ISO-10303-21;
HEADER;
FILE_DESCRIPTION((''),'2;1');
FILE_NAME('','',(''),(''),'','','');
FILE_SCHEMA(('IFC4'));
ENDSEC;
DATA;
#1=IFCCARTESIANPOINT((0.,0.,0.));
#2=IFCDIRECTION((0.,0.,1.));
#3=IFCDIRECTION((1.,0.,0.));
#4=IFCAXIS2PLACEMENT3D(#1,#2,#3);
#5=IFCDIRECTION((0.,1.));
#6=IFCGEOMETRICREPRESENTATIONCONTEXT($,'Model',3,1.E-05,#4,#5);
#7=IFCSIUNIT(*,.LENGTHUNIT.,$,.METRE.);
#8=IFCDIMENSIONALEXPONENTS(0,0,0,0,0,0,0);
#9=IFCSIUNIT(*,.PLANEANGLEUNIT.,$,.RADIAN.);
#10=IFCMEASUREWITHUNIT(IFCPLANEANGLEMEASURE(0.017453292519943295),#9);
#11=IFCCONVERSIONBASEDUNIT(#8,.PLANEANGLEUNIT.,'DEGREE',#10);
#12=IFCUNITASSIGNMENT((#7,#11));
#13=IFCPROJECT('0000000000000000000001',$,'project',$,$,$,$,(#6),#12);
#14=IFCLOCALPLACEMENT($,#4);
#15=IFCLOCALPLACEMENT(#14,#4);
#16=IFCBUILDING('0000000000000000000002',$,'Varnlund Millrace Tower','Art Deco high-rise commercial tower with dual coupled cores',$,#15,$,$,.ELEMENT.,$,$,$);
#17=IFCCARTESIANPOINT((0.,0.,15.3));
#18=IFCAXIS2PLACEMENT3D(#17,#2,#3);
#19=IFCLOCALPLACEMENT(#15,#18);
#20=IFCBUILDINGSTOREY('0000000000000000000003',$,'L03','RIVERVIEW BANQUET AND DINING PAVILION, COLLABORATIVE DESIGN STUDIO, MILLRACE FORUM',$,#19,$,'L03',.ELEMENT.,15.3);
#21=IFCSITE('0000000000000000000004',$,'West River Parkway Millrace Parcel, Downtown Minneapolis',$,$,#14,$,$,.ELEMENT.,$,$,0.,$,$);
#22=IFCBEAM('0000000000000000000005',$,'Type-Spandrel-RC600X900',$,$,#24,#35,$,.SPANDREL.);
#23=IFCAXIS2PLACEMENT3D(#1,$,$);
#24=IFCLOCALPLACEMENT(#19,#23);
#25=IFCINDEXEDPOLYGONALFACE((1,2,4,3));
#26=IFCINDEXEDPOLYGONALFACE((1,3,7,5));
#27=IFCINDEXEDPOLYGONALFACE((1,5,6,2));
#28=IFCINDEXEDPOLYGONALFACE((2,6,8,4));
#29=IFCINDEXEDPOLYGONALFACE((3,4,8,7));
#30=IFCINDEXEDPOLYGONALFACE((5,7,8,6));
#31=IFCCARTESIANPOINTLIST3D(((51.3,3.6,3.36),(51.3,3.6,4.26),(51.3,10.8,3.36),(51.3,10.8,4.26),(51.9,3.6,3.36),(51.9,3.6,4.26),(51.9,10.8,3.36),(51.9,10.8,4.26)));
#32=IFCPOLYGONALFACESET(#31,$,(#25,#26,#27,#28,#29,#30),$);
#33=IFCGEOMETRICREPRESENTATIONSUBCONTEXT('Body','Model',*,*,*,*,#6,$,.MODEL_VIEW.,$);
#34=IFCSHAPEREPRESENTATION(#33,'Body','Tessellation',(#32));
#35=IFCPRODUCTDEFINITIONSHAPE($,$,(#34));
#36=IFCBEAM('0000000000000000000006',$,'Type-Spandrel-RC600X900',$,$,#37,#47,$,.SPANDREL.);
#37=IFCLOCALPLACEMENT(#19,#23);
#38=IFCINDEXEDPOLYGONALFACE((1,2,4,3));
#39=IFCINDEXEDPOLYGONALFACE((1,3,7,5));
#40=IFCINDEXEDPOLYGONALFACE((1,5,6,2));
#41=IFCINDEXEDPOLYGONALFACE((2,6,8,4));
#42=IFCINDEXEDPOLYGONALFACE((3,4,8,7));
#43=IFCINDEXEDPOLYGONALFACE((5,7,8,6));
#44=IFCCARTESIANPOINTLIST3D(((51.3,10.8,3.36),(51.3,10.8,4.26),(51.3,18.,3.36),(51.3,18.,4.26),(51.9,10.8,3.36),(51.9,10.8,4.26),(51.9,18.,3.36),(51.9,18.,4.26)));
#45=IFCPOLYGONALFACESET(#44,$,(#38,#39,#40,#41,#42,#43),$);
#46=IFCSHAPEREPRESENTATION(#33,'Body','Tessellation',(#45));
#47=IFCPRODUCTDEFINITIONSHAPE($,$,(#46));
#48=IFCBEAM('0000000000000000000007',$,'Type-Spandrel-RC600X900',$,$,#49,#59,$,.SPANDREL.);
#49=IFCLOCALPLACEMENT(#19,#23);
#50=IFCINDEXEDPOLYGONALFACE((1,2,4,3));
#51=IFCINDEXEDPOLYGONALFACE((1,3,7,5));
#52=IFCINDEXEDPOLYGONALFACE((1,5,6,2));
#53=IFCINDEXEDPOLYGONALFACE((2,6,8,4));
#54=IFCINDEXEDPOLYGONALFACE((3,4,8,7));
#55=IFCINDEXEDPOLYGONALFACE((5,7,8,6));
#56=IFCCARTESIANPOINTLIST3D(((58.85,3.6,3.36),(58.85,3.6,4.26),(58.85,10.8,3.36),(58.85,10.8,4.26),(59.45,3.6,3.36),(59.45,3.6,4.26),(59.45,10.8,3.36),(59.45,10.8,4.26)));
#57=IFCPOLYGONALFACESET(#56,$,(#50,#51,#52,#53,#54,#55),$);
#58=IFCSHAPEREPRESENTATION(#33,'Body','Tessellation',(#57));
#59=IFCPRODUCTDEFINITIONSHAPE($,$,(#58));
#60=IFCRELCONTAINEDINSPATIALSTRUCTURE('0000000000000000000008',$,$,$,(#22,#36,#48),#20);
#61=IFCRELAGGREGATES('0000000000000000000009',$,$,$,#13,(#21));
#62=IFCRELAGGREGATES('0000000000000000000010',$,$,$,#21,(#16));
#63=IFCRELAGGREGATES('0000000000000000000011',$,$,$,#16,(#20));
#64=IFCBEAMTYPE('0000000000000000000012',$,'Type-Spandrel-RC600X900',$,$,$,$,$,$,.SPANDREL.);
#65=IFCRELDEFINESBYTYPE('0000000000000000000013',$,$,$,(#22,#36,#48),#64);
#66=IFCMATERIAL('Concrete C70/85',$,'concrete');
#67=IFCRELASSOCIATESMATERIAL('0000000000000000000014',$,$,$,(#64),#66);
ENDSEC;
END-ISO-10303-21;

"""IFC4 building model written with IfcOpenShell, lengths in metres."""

from ifc_helpers import new_model, entity, si_unit, converted_unit, direction, frame, origin_with_axes, origin_2d_with_axis, place, context, subcontext, project, spatial, rectangle, extrude, material, material_profile, profile_set, type_object, element, save


model = new_model("IFC4")

# Units and contexts
model_context = context("Model", 3, precision=1e-05, world=origin_with_axes(), true_north=direction((0.0, 1.0)))
body_context = subcontext(model_context, "Body", "Model", "MODEL_VIEW")
ifc_project = project(units=[si_unit("LENGTHUNIT", "METRE"), converted_unit("PLANEANGLEUNIT", "DEGREE", entity("IfcPlaneAngleMeasure", 0.017453292519943295), si_unit("PLANEANGLEUNIT", "RADIAN"), dimensions=[0, 0, 0, 0, 0, 0, 0])], contexts=[model_context])

# Site, building, storey
site_placement = place(None, origin_with_axes())
site = spatial("IfcSite", under=ifc_project, at=site_placement, Name="West River Parkway Millrace Parcel, Downtown Minneapolis", CompositionType="ELEMENT", RefElevation=0.0)
building_placement = place(site_placement, origin_with_axes())
building = spatial("IfcBuilding", under=site, at=building_placement, Name="Varnlund Millrace Tower", Description="Art Deco high-rise commercial tower with dual coupled cores", CompositionType="ELEMENT")
storey_placement = place(building_placement, frame((0.0, 0.0, 15.3), z_axis=(0.0, 0.0, 1.0), x_axis=(1.0, 0.0, 0.0)))
storey = spatial("IfcBuildingStorey", under=building, at=storey_placement, Name="L03", Description="RIVERVIEW BANQUET AND DINING PAVILION, COLLABORATIVE DESIGN STUDIO, MILLRACE FORUM", LongName="L03", CompositionType="ELEMENT", Elevation=15.3)

# Beams
ifc_material_1 = material(Name="Concrete C70/85", Category="concrete")
ifc_material_profile_1 = material_profile(ifc_material_1, rectangle(XDim=0.6, YDim=0.9, at=origin_2d_with_axis()), Name="Concrete C70/85")
ifc_profile_set_1 = profile_set([ifc_material_profile_1], Name="Concrete C70/85")
beam_type_1 = type_object("IfcBeamType", Name="Type-Spandrel-RC600X900", PredefinedType="SPANDREL", material=ifc_profile_set_1)
for number, where, z_axis, x_axis, name in (
    (1, (51.6, 3.6, 3.81), (0.0, 1.0, 0.0), (-1.0, 0.0, 0.0), "Type-Spandrel-RC600X900"),
    (2, (51.6, 10.8, 3.81), (0.0, 1.0, 0.0), (-1.0, 0.0, 0.0), "Type-Spandrel-RC600X900"),
    (3, (59.15, 3.6, 3.81), (0.0, 1.0, 0.0), (-1.0, 0.0, 0.0), "Type-Spandrel-RC600X900"),
):
    element("IfcBeam", number, at=place(storey_placement, frame(where, z_axis=z_axis, x_axis=x_axis)), inside=storey, type_object=beam_type_1, Name=name, PredefinedType="SPANDREL", context=body_context, shape_type="SweptSolid", body=[
        extrude(rectangle(XDim=0.6, YDim=0.9, at=origin_2d_with_axis()), origin_with_axes(), (0.0, 0.0, 1.0), 7.2),
    ])

save(model, "model.ifc")
